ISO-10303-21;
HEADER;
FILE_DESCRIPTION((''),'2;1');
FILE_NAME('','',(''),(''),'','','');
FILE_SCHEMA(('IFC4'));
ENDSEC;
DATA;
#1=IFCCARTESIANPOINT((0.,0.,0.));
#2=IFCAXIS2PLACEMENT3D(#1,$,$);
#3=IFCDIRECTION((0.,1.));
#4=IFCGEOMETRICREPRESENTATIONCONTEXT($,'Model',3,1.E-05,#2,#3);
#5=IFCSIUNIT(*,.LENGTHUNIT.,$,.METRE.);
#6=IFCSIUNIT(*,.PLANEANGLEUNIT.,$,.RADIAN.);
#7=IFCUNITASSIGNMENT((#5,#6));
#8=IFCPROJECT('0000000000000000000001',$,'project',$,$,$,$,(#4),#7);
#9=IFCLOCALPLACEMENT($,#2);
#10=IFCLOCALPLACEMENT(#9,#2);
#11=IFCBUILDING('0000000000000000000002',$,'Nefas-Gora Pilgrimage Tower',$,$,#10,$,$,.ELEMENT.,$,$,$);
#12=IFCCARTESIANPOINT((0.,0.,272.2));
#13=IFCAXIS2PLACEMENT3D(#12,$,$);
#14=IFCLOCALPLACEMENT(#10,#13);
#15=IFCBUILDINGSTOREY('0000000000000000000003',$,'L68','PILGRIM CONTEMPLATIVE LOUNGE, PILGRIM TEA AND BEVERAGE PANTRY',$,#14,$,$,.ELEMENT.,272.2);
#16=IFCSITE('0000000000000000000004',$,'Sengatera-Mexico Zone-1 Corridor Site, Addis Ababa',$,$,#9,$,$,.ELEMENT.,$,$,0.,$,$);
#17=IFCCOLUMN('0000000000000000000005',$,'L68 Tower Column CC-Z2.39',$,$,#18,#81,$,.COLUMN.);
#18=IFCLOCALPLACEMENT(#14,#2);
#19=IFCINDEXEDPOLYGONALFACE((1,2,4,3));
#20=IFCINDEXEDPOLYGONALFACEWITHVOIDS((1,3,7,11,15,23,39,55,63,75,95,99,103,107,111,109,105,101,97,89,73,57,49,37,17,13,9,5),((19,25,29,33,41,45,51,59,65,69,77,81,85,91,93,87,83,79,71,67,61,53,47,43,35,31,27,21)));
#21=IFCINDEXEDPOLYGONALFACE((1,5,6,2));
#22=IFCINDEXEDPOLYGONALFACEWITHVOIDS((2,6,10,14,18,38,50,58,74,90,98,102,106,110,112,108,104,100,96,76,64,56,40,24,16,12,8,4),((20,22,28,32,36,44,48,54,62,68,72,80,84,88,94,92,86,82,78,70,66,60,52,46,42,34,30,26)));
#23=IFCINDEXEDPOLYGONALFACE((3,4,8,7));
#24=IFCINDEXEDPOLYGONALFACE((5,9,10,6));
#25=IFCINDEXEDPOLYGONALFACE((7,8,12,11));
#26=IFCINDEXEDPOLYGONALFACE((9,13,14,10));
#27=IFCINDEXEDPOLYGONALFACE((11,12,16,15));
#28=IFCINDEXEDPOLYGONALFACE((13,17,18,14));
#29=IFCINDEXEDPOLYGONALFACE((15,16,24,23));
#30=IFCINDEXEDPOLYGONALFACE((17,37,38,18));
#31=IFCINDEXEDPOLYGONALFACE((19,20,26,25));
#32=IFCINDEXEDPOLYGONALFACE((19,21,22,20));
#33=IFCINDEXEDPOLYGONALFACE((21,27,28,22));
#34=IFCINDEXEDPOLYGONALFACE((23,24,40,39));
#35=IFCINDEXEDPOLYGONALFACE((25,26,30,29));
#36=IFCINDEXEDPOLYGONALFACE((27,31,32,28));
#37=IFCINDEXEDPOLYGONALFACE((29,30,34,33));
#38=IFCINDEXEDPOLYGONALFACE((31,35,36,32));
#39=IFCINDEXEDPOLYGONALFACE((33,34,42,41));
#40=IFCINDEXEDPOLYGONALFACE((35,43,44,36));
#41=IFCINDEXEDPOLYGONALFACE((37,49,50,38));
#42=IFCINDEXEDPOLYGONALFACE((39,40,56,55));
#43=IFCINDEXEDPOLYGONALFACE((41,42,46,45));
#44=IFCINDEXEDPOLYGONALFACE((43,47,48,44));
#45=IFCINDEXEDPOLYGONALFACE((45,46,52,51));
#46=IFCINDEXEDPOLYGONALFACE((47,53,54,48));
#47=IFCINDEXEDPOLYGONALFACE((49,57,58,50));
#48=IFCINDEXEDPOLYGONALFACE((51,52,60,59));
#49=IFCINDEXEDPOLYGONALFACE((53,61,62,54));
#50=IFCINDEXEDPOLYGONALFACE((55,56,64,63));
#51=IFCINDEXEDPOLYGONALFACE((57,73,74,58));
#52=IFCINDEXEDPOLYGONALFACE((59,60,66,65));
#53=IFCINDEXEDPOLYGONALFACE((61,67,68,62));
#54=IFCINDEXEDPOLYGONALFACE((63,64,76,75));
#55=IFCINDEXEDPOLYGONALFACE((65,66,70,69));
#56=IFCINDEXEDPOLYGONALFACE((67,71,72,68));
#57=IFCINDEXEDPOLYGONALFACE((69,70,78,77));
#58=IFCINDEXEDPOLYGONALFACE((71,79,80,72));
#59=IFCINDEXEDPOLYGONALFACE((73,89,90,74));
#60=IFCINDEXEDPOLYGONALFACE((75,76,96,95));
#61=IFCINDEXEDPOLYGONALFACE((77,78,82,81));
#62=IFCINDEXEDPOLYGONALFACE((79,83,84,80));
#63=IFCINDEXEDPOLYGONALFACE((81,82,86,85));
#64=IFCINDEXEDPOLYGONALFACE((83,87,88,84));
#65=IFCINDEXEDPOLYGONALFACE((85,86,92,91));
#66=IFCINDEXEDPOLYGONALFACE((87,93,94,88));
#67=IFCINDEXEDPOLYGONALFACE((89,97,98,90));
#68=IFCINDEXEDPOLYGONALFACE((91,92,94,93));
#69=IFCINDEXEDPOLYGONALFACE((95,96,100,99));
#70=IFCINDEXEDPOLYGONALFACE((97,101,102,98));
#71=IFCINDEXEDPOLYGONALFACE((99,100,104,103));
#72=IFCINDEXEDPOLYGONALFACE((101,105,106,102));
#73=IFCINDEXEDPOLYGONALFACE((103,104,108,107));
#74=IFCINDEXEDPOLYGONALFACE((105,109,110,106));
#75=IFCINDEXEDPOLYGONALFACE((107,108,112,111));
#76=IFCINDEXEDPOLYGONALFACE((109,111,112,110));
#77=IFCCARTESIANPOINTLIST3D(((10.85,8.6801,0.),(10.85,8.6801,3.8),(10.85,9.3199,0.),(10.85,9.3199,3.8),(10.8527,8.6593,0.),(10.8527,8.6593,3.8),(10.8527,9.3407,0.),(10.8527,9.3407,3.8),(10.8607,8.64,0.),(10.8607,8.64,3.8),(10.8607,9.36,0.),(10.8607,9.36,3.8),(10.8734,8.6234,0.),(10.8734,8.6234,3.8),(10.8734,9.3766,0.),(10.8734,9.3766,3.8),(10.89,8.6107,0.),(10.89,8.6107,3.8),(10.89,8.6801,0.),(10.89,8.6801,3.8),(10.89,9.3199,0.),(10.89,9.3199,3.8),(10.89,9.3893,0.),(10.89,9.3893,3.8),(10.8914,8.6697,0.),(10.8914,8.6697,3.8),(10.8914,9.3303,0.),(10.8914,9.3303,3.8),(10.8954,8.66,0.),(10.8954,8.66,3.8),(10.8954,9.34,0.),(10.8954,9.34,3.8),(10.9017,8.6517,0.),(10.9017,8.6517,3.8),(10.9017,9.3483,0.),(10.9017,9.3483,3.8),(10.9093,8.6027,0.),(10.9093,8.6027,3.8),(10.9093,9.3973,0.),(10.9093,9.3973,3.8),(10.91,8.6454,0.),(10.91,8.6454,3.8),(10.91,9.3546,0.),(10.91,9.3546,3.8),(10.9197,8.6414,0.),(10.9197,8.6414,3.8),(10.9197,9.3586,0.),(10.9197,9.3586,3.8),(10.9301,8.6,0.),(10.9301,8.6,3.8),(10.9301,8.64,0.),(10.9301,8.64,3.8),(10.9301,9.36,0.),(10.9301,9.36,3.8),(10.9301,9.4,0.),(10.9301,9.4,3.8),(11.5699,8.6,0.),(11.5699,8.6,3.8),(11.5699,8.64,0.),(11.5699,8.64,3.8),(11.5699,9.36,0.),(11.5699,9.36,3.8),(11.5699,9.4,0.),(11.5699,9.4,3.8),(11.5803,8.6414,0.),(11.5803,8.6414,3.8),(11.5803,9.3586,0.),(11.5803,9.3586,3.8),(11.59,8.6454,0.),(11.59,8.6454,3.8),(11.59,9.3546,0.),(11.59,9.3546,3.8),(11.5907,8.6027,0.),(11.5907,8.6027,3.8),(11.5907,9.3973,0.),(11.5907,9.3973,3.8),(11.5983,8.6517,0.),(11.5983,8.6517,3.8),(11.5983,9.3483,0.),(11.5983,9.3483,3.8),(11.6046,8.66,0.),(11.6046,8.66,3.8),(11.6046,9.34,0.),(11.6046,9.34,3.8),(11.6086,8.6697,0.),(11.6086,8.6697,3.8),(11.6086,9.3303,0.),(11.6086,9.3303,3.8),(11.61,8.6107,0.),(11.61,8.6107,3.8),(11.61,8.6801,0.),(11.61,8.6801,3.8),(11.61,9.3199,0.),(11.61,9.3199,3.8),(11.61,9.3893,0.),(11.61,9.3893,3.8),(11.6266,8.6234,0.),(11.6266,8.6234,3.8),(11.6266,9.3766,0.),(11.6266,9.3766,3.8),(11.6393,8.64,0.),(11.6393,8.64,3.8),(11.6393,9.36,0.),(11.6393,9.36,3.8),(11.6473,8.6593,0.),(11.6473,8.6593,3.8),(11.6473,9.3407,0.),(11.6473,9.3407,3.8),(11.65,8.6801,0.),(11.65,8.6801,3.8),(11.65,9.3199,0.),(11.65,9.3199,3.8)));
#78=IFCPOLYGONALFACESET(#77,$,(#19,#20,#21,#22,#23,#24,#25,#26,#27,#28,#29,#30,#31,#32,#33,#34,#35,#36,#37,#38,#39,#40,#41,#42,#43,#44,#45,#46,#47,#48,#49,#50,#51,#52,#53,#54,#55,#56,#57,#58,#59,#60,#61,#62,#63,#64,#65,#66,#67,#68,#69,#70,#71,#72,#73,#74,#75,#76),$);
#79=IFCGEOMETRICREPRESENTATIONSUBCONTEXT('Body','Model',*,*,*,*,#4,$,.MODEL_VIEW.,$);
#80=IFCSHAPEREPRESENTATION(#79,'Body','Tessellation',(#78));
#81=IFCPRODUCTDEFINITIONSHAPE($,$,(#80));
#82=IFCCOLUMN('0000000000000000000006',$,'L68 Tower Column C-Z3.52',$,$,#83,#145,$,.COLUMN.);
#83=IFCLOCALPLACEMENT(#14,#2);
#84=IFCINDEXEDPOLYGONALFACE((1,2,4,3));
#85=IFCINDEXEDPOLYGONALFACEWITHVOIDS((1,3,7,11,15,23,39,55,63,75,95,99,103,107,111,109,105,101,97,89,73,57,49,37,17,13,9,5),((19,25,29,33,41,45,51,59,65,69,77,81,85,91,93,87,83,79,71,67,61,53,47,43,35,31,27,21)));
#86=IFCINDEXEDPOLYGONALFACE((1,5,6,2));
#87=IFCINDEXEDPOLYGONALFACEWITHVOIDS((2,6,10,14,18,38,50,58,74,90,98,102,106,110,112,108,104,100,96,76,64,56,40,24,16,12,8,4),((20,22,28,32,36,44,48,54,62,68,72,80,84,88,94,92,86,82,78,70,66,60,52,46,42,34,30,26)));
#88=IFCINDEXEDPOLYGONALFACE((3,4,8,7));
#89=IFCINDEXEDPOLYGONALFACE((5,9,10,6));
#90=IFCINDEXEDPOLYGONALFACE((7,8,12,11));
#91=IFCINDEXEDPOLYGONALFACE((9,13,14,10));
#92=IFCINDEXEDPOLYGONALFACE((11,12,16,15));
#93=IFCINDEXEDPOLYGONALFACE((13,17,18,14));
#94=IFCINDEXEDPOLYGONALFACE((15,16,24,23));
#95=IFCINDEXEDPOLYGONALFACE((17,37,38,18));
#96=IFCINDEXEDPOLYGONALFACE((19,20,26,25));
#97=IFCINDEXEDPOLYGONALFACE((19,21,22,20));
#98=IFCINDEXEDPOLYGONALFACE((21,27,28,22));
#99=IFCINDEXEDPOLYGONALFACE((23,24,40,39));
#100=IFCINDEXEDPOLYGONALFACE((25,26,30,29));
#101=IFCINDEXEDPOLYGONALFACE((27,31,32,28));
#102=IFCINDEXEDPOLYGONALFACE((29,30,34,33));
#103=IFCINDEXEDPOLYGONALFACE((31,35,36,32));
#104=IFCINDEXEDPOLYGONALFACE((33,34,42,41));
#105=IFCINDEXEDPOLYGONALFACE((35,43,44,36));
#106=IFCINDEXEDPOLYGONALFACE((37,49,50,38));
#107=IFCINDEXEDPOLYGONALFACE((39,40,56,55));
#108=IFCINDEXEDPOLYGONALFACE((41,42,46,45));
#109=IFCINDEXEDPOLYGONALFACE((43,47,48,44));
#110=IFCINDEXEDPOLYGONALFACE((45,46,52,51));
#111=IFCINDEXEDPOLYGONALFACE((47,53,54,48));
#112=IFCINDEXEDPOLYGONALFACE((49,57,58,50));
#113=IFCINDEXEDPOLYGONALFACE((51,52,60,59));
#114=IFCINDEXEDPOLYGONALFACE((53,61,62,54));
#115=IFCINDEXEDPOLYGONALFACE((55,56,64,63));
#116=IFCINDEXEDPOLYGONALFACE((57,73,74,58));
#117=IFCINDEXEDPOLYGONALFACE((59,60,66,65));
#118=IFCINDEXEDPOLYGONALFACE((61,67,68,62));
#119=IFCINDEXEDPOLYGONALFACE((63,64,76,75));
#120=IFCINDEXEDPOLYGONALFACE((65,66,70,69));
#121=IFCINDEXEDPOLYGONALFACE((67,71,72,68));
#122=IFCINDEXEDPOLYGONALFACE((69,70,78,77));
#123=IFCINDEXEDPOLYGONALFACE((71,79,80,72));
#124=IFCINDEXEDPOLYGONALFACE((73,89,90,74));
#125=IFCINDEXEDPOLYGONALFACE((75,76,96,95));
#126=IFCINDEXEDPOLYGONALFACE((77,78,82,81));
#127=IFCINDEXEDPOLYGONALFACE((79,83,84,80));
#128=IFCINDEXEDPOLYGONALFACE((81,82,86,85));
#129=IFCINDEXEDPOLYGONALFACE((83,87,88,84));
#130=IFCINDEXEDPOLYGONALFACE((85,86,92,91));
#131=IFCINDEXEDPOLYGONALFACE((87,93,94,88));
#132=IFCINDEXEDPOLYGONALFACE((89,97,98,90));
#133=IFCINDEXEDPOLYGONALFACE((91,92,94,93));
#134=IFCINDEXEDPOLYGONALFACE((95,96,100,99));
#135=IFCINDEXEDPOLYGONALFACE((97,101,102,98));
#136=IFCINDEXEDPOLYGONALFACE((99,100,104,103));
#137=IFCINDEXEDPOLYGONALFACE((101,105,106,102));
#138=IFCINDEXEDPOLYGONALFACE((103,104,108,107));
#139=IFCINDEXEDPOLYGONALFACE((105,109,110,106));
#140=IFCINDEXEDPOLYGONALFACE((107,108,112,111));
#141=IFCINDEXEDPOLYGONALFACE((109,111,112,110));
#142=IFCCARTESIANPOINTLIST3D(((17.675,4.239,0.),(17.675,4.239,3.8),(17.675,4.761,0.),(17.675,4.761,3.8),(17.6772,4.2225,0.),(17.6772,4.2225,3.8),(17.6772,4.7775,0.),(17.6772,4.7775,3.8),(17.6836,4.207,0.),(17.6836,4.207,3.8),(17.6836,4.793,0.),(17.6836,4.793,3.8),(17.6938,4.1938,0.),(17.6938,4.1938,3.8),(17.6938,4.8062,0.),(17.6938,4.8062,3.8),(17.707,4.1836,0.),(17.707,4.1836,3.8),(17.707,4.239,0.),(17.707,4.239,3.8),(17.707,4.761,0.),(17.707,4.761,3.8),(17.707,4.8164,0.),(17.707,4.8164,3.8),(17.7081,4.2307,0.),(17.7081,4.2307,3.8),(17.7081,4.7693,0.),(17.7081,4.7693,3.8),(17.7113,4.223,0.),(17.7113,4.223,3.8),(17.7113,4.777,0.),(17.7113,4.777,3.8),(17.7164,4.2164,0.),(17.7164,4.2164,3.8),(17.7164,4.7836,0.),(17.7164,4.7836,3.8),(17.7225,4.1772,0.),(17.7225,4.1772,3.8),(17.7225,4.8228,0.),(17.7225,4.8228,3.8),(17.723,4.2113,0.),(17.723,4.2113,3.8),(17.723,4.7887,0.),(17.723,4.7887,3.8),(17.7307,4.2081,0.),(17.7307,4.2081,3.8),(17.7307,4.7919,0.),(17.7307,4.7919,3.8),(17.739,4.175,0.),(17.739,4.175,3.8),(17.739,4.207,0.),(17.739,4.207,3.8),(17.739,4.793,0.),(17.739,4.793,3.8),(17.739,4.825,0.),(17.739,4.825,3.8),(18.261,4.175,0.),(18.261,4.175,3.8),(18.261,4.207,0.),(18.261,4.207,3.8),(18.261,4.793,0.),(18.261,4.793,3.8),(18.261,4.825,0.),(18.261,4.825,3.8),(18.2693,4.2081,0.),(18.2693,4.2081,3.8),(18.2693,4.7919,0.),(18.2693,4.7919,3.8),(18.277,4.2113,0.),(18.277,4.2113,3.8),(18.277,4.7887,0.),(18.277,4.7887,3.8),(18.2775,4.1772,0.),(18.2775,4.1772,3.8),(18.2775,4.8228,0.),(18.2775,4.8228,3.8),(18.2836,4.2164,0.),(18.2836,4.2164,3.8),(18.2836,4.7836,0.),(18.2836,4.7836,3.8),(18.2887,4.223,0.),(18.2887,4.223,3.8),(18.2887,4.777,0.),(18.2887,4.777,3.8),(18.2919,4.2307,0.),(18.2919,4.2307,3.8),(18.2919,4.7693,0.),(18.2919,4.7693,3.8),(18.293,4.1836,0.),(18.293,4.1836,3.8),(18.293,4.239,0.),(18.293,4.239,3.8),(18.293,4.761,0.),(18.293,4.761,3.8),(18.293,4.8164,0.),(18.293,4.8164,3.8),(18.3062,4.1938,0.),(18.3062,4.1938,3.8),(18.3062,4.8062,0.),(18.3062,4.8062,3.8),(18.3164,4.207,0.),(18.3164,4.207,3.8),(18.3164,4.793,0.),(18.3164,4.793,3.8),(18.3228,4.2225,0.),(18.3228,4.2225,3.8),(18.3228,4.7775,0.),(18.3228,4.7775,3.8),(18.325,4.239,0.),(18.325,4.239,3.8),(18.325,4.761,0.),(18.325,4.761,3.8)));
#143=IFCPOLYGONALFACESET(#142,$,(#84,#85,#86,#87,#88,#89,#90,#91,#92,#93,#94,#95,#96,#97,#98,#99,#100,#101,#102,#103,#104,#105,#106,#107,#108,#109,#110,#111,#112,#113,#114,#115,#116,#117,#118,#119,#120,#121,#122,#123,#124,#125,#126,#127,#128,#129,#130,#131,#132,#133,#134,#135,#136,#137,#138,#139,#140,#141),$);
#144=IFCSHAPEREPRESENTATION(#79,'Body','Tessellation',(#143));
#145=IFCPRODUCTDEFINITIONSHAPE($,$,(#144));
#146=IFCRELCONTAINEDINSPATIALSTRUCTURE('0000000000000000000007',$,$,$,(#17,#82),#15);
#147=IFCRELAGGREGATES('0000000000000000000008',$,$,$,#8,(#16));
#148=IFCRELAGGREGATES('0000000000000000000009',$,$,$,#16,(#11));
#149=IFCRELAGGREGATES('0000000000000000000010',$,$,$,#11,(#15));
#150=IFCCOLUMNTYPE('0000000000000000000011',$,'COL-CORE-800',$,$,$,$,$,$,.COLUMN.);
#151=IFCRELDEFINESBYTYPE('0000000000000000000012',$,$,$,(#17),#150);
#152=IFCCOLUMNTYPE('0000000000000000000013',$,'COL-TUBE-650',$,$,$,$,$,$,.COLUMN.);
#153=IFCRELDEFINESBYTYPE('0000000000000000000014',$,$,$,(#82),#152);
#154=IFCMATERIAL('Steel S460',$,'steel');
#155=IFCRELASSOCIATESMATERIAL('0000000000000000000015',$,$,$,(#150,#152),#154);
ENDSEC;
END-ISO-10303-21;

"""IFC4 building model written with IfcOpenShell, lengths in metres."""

from ifc_helpers import new_model, si_unit, direction, frame, origin, origin_2d, place, context, subcontext, project, spatial, hollow_rectangle, extrude, source, transform, mapped, material, material_profile, profile_set, type_object, element, save


model = new_model("IFC4")

# Units and contexts
model_context = context("Model", 3, precision=1e-05, world=origin(), true_north=direction((0.0, 1.0)))
body_context = subcontext(model_context, "Body", "Model", "MODEL_VIEW")
ifc_project = project(units=[si_unit("LENGTHUNIT", "METRE"), si_unit("PLANEANGLEUNIT", "RADIAN")], contexts=[model_context])

# Site, building, storey
site_placement = place(None, origin())
site = spatial("IfcSite", under=ifc_project, at=site_placement, Name="Sengatera-Mexico Zone-1 Corridor Site, Addis Ababa", CompositionType="ELEMENT", RefElevation=0.0)
building_placement = place(site_placement, origin())
building = spatial("IfcBuilding", under=site, at=building_placement, Name="Nefas-Gora Pilgrimage Tower", CompositionType="ELEMENT")
storey_placement = place(building_placement, frame((0.0, 0.0, 272.2)))
storey = spatial("IfcBuildingStorey", under=building, at=storey_placement, Name="L68", Description="PILGRIM CONTEMPLATIVE LOUNGE, PILGRIM TEA AND BEVERAGE PANTRY", CompositionType="ELEMENT", Elevation=272.2)

# Columns
ifc_material_1 = material(Name="Steel S460", Category="steel")
ifc_material_profile_1 = material_profile(ifc_material_1, hollow_rectangle(XDim=0.8, YDim=0.8, WallThickness=0.04, InnerFilletRadius=0.04, OuterFilletRadius=0.0801, at=origin_2d()), Name="BOX 800x800x40")
ifc_profile_set_1 = profile_set([ifc_material_profile_1], Name="Steel S460")
column_type_1 = type_object("IfcColumnType", Name="COL-CORE-800", PredefinedType="COLUMN", material=ifc_profile_set_1)
shared_shape_1 = source(origin(), body_context, "Body", "SweptSolid", [
    extrude(hollow_rectangle(XDim=0.8, YDim=0.8, WallThickness=0.04, InnerFilletRadius=0.04, OuterFilletRadius=0.0801, at=origin_2d()), origin(), (0.0, 0.0, 1.0), 3.8),
])
column_placement = place(storey_placement, frame((11.25, 9.0, 0.0), z_axis=(0.0, 0.0, 1.0), x_axis=(1.0, 0.0, 0.0)))
element("IfcColumn", 1, at=column_placement, inside=storey, type_object=column_type_1, Name="L68 Tower Column CC-Z2.39", PredefinedType="COLUMN", context=body_context, shape_type="MappedRepresentation", body=[
    mapped(shared_shape_1, transform((0.0, 0.0, 0.0), x_axis=(1.0, 0.0, 0.0), y_axis=(0.0, 1.0, 0.0), z_axis=(0.0, 0.0, 1.0), scale=1.0)),
])
ifc_material_profile_2 = material_profile(ifc_material_1, hollow_rectangle(XDim=0.6499, YDim=0.6499, WallThickness=0.032, InnerFilletRadius=0.032, OuterFilletRadius=0.064, at=origin_2d()), Name="BOX 650x650x32")
ifc_profile_set_2 = profile_set([ifc_material_profile_2], Name="Steel S460")
column_type_2 = type_object("IfcColumnType", Name="COL-TUBE-650", PredefinedType="COLUMN", material=ifc_profile_set_2)
shared_shape_2 = source(origin(), body_context, "Body", "SweptSolid", [
    extrude(hollow_rectangle(XDim=0.6499, YDim=0.6499, WallThickness=0.032, InnerFilletRadius=0.032, OuterFilletRadius=0.064, at=origin_2d()), origin(), (0.0, 0.0, 1.0), 3.8),
])
for number, where, z_axis, x_axis, name in (
    (2, (18.0, 4.5, 0.0), (0.0, 0.0, 1.0), (1.0, 0.0, 0.0), "L68 Tower Column C-Z3.52"),
):
    element("IfcColumn", number, at=place(storey_placement, frame(where, z_axis=z_axis, x_axis=x_axis)), inside=storey, type_object=column_type_2, Name=name, PredefinedType="COLUMN", context=body_context, shape_type="MappedRepresentation", body=[
        mapped(shared_shape_2, transform((0.0, 0.0, 0.0), x_axis=(1.0, 0.0, 0.0), y_axis=(0.0, 1.0, 0.0), z_axis=(0.0, 0.0, 1.0), scale=1.0)),
    ])

save(model, "model.ifc")
